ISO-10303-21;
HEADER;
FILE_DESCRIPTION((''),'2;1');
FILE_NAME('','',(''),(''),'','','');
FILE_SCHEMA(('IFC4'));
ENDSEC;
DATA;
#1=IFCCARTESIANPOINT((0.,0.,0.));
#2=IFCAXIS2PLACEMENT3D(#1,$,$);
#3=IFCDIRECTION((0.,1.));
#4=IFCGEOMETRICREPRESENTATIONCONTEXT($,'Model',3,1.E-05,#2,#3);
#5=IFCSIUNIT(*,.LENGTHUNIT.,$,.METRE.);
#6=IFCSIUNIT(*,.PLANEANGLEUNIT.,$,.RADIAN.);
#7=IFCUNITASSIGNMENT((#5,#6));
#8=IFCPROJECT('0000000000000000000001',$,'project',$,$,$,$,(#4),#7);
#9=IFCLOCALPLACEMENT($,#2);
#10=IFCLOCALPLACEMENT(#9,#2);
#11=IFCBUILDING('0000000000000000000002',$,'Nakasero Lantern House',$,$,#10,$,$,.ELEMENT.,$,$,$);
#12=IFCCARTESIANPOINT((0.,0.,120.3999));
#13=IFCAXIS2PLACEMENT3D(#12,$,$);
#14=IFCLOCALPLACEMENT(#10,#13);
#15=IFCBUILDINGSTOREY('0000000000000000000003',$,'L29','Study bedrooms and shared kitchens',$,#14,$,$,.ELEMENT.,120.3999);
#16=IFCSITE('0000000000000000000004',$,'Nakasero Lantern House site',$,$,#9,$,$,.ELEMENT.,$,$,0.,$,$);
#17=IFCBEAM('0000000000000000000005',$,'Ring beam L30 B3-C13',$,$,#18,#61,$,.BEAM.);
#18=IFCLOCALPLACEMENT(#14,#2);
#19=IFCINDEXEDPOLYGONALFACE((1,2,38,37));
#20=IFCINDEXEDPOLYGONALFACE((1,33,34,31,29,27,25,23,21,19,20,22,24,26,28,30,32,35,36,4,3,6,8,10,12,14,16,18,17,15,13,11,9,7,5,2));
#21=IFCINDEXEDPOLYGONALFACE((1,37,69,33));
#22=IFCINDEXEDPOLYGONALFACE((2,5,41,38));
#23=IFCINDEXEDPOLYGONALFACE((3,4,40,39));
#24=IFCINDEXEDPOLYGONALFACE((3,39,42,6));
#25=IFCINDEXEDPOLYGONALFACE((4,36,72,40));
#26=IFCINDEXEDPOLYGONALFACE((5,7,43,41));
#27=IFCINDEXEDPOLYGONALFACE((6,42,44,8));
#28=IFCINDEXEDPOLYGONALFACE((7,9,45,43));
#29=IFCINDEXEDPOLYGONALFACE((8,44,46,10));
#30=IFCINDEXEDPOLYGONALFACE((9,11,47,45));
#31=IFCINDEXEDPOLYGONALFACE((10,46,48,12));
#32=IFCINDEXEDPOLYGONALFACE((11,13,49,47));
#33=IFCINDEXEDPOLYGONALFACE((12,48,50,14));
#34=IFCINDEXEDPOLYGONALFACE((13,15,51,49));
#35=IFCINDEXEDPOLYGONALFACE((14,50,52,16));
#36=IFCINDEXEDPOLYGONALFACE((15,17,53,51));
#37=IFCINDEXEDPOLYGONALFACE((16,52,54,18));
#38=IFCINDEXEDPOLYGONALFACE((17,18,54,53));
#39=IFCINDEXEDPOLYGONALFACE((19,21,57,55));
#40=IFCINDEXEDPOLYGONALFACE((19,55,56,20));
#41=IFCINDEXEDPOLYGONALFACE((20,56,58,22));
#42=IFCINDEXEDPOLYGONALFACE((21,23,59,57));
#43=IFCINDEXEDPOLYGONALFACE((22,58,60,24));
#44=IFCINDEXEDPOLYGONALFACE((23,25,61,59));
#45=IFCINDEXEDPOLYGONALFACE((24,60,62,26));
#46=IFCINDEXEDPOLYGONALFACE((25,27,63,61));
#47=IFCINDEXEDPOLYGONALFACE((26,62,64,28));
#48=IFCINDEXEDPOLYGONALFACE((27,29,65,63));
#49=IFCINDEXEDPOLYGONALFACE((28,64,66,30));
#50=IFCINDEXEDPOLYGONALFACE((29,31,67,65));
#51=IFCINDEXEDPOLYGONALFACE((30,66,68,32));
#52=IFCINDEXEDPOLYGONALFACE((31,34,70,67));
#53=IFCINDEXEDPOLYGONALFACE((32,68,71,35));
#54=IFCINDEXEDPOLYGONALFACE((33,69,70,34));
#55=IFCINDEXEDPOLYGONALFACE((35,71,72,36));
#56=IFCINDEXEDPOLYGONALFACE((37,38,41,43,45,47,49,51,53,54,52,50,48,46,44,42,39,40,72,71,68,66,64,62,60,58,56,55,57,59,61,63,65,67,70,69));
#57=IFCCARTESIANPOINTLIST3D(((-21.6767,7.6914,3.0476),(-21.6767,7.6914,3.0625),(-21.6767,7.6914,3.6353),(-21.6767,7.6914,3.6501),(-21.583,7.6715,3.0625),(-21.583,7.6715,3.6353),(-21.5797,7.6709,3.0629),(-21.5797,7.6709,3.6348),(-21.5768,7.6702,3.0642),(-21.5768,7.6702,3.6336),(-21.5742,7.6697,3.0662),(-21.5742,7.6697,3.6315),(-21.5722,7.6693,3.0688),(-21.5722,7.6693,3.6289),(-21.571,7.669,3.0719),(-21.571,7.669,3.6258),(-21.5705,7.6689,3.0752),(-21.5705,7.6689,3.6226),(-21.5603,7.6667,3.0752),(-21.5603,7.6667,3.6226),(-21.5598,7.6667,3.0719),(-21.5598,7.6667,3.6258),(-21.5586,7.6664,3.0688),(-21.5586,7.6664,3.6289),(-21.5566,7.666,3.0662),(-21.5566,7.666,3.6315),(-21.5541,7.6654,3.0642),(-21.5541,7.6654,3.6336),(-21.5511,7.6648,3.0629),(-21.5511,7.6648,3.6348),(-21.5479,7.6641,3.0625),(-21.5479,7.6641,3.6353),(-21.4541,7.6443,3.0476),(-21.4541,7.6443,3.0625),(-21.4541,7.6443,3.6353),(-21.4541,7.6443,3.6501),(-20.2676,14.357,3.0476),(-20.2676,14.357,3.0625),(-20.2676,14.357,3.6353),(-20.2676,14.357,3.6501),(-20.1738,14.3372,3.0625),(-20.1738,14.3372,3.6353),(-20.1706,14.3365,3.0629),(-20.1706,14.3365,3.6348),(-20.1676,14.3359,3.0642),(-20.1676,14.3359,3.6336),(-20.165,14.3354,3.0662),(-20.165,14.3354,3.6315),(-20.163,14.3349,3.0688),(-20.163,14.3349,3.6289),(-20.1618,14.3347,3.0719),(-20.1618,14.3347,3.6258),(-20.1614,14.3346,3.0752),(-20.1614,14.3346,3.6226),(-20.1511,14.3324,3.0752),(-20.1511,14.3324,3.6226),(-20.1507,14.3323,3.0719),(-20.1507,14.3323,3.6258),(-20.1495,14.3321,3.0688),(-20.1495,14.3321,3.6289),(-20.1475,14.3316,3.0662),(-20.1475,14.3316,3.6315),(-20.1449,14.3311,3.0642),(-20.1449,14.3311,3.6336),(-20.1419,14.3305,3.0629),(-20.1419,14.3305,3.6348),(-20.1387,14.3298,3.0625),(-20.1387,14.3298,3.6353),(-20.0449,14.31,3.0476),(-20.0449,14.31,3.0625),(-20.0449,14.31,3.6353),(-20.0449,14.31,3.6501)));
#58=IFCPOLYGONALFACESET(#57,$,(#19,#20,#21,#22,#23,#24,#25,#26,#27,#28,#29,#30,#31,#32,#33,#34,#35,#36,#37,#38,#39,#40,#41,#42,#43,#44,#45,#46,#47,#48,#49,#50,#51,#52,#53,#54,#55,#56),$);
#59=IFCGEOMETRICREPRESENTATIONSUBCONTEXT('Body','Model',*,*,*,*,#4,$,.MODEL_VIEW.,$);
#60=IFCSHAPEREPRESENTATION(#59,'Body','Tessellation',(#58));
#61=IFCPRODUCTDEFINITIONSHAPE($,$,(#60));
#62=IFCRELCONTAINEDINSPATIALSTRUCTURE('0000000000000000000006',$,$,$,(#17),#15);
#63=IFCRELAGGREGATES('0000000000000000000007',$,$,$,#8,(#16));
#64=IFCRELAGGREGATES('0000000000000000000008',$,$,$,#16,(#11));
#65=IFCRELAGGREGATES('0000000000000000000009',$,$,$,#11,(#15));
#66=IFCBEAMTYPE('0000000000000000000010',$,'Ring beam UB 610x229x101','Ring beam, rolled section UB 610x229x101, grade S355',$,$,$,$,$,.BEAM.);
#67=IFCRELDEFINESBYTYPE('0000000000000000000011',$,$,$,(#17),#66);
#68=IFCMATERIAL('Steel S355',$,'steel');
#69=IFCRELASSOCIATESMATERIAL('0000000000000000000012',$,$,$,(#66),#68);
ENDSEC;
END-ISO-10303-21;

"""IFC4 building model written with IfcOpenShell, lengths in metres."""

from ifc_helpers import new_model, si_unit, direction, frame, origin, origin_2d, place, context, subcontext, project, spatial, i_section, extrude, material, material_profile, profile_set, type_object, element, save


model = new_model("IFC4")

# Units and contexts
model_context = context("Model", 3, precision=1e-05, world=origin(), true_north=direction((0.0, 1.0)))
body_context = subcontext(model_context, "Body", "Model", "MODEL_VIEW")
ifc_project = project(units=[si_unit("LENGTHUNIT", "METRE"), si_unit("PLANEANGLEUNIT", "RADIAN")], contexts=[model_context])

# Site, building, storey
site_placement = place(None, origin())
site = spatial("IfcSite", under=ifc_project, at=site_placement, Name="Nakasero Lantern House site", CompositionType="ELEMENT", RefElevation=0.0)
building_placement = place(site_placement, origin())
building = spatial("IfcBuilding", under=site, at=building_placement, Name="Nakasero Lantern House", CompositionType="ELEMENT")
storey_placement = place(building_placement, frame((0.0, 0.0, 120.3999)))
storey = spatial("IfcBuildingStorey", under=building, at=storey_placement, Name="L29", Description="Study bedrooms and shared kitchens", CompositionType="ELEMENT", Elevation=120.3999)

# Beam
ifc_material_1 = material(Name="Steel S355", Category="steel")
ifc_material_profile_1 = material_profile(ifc_material_1, i_section(OverallWidth=0.2275, OverallDepth=0.6025, WebThickness=0.0105, FlangeThickness=0.0149, FilletRadius=0.0127, at=origin_2d()), Name="UB 610x229x101")
ifc_profile_set_1 = profile_set([ifc_material_profile_1], Name="Steel S355")
beam_type_1 = type_object("IfcBeamType", Name="Ring beam UB 610x229x101", Description="Ring beam, rolled section UB 610x229x101, grade S355", PredefinedType="BEAM", material=ifc_profile_set_1)
beam_1_placement = place(storey_placement, frame((-20.1562, 14.3335, 3.3489), z_axis=(-0.206834, -0.978376, 0.0), x_axis=(0.978376, -0.206834, 0.0)))
element("IfcBeam", 1, at=beam_1_placement, inside=storey, type_object=beam_type_1, Name="Ring beam L30 B3-C13", PredefinedType="BEAM", context=body_context, shape_type="SweptSolid", body=[
    extrude(i_section(OverallWidth=0.2275, OverallDepth=0.6025, WebThickness=0.0105, FlangeThickness=0.0149, FilletRadius=0.0127, at=origin_2d()), origin(), (0.0, 0.0, 1.0), 6.813),
])

save(model, "model.ifc")
